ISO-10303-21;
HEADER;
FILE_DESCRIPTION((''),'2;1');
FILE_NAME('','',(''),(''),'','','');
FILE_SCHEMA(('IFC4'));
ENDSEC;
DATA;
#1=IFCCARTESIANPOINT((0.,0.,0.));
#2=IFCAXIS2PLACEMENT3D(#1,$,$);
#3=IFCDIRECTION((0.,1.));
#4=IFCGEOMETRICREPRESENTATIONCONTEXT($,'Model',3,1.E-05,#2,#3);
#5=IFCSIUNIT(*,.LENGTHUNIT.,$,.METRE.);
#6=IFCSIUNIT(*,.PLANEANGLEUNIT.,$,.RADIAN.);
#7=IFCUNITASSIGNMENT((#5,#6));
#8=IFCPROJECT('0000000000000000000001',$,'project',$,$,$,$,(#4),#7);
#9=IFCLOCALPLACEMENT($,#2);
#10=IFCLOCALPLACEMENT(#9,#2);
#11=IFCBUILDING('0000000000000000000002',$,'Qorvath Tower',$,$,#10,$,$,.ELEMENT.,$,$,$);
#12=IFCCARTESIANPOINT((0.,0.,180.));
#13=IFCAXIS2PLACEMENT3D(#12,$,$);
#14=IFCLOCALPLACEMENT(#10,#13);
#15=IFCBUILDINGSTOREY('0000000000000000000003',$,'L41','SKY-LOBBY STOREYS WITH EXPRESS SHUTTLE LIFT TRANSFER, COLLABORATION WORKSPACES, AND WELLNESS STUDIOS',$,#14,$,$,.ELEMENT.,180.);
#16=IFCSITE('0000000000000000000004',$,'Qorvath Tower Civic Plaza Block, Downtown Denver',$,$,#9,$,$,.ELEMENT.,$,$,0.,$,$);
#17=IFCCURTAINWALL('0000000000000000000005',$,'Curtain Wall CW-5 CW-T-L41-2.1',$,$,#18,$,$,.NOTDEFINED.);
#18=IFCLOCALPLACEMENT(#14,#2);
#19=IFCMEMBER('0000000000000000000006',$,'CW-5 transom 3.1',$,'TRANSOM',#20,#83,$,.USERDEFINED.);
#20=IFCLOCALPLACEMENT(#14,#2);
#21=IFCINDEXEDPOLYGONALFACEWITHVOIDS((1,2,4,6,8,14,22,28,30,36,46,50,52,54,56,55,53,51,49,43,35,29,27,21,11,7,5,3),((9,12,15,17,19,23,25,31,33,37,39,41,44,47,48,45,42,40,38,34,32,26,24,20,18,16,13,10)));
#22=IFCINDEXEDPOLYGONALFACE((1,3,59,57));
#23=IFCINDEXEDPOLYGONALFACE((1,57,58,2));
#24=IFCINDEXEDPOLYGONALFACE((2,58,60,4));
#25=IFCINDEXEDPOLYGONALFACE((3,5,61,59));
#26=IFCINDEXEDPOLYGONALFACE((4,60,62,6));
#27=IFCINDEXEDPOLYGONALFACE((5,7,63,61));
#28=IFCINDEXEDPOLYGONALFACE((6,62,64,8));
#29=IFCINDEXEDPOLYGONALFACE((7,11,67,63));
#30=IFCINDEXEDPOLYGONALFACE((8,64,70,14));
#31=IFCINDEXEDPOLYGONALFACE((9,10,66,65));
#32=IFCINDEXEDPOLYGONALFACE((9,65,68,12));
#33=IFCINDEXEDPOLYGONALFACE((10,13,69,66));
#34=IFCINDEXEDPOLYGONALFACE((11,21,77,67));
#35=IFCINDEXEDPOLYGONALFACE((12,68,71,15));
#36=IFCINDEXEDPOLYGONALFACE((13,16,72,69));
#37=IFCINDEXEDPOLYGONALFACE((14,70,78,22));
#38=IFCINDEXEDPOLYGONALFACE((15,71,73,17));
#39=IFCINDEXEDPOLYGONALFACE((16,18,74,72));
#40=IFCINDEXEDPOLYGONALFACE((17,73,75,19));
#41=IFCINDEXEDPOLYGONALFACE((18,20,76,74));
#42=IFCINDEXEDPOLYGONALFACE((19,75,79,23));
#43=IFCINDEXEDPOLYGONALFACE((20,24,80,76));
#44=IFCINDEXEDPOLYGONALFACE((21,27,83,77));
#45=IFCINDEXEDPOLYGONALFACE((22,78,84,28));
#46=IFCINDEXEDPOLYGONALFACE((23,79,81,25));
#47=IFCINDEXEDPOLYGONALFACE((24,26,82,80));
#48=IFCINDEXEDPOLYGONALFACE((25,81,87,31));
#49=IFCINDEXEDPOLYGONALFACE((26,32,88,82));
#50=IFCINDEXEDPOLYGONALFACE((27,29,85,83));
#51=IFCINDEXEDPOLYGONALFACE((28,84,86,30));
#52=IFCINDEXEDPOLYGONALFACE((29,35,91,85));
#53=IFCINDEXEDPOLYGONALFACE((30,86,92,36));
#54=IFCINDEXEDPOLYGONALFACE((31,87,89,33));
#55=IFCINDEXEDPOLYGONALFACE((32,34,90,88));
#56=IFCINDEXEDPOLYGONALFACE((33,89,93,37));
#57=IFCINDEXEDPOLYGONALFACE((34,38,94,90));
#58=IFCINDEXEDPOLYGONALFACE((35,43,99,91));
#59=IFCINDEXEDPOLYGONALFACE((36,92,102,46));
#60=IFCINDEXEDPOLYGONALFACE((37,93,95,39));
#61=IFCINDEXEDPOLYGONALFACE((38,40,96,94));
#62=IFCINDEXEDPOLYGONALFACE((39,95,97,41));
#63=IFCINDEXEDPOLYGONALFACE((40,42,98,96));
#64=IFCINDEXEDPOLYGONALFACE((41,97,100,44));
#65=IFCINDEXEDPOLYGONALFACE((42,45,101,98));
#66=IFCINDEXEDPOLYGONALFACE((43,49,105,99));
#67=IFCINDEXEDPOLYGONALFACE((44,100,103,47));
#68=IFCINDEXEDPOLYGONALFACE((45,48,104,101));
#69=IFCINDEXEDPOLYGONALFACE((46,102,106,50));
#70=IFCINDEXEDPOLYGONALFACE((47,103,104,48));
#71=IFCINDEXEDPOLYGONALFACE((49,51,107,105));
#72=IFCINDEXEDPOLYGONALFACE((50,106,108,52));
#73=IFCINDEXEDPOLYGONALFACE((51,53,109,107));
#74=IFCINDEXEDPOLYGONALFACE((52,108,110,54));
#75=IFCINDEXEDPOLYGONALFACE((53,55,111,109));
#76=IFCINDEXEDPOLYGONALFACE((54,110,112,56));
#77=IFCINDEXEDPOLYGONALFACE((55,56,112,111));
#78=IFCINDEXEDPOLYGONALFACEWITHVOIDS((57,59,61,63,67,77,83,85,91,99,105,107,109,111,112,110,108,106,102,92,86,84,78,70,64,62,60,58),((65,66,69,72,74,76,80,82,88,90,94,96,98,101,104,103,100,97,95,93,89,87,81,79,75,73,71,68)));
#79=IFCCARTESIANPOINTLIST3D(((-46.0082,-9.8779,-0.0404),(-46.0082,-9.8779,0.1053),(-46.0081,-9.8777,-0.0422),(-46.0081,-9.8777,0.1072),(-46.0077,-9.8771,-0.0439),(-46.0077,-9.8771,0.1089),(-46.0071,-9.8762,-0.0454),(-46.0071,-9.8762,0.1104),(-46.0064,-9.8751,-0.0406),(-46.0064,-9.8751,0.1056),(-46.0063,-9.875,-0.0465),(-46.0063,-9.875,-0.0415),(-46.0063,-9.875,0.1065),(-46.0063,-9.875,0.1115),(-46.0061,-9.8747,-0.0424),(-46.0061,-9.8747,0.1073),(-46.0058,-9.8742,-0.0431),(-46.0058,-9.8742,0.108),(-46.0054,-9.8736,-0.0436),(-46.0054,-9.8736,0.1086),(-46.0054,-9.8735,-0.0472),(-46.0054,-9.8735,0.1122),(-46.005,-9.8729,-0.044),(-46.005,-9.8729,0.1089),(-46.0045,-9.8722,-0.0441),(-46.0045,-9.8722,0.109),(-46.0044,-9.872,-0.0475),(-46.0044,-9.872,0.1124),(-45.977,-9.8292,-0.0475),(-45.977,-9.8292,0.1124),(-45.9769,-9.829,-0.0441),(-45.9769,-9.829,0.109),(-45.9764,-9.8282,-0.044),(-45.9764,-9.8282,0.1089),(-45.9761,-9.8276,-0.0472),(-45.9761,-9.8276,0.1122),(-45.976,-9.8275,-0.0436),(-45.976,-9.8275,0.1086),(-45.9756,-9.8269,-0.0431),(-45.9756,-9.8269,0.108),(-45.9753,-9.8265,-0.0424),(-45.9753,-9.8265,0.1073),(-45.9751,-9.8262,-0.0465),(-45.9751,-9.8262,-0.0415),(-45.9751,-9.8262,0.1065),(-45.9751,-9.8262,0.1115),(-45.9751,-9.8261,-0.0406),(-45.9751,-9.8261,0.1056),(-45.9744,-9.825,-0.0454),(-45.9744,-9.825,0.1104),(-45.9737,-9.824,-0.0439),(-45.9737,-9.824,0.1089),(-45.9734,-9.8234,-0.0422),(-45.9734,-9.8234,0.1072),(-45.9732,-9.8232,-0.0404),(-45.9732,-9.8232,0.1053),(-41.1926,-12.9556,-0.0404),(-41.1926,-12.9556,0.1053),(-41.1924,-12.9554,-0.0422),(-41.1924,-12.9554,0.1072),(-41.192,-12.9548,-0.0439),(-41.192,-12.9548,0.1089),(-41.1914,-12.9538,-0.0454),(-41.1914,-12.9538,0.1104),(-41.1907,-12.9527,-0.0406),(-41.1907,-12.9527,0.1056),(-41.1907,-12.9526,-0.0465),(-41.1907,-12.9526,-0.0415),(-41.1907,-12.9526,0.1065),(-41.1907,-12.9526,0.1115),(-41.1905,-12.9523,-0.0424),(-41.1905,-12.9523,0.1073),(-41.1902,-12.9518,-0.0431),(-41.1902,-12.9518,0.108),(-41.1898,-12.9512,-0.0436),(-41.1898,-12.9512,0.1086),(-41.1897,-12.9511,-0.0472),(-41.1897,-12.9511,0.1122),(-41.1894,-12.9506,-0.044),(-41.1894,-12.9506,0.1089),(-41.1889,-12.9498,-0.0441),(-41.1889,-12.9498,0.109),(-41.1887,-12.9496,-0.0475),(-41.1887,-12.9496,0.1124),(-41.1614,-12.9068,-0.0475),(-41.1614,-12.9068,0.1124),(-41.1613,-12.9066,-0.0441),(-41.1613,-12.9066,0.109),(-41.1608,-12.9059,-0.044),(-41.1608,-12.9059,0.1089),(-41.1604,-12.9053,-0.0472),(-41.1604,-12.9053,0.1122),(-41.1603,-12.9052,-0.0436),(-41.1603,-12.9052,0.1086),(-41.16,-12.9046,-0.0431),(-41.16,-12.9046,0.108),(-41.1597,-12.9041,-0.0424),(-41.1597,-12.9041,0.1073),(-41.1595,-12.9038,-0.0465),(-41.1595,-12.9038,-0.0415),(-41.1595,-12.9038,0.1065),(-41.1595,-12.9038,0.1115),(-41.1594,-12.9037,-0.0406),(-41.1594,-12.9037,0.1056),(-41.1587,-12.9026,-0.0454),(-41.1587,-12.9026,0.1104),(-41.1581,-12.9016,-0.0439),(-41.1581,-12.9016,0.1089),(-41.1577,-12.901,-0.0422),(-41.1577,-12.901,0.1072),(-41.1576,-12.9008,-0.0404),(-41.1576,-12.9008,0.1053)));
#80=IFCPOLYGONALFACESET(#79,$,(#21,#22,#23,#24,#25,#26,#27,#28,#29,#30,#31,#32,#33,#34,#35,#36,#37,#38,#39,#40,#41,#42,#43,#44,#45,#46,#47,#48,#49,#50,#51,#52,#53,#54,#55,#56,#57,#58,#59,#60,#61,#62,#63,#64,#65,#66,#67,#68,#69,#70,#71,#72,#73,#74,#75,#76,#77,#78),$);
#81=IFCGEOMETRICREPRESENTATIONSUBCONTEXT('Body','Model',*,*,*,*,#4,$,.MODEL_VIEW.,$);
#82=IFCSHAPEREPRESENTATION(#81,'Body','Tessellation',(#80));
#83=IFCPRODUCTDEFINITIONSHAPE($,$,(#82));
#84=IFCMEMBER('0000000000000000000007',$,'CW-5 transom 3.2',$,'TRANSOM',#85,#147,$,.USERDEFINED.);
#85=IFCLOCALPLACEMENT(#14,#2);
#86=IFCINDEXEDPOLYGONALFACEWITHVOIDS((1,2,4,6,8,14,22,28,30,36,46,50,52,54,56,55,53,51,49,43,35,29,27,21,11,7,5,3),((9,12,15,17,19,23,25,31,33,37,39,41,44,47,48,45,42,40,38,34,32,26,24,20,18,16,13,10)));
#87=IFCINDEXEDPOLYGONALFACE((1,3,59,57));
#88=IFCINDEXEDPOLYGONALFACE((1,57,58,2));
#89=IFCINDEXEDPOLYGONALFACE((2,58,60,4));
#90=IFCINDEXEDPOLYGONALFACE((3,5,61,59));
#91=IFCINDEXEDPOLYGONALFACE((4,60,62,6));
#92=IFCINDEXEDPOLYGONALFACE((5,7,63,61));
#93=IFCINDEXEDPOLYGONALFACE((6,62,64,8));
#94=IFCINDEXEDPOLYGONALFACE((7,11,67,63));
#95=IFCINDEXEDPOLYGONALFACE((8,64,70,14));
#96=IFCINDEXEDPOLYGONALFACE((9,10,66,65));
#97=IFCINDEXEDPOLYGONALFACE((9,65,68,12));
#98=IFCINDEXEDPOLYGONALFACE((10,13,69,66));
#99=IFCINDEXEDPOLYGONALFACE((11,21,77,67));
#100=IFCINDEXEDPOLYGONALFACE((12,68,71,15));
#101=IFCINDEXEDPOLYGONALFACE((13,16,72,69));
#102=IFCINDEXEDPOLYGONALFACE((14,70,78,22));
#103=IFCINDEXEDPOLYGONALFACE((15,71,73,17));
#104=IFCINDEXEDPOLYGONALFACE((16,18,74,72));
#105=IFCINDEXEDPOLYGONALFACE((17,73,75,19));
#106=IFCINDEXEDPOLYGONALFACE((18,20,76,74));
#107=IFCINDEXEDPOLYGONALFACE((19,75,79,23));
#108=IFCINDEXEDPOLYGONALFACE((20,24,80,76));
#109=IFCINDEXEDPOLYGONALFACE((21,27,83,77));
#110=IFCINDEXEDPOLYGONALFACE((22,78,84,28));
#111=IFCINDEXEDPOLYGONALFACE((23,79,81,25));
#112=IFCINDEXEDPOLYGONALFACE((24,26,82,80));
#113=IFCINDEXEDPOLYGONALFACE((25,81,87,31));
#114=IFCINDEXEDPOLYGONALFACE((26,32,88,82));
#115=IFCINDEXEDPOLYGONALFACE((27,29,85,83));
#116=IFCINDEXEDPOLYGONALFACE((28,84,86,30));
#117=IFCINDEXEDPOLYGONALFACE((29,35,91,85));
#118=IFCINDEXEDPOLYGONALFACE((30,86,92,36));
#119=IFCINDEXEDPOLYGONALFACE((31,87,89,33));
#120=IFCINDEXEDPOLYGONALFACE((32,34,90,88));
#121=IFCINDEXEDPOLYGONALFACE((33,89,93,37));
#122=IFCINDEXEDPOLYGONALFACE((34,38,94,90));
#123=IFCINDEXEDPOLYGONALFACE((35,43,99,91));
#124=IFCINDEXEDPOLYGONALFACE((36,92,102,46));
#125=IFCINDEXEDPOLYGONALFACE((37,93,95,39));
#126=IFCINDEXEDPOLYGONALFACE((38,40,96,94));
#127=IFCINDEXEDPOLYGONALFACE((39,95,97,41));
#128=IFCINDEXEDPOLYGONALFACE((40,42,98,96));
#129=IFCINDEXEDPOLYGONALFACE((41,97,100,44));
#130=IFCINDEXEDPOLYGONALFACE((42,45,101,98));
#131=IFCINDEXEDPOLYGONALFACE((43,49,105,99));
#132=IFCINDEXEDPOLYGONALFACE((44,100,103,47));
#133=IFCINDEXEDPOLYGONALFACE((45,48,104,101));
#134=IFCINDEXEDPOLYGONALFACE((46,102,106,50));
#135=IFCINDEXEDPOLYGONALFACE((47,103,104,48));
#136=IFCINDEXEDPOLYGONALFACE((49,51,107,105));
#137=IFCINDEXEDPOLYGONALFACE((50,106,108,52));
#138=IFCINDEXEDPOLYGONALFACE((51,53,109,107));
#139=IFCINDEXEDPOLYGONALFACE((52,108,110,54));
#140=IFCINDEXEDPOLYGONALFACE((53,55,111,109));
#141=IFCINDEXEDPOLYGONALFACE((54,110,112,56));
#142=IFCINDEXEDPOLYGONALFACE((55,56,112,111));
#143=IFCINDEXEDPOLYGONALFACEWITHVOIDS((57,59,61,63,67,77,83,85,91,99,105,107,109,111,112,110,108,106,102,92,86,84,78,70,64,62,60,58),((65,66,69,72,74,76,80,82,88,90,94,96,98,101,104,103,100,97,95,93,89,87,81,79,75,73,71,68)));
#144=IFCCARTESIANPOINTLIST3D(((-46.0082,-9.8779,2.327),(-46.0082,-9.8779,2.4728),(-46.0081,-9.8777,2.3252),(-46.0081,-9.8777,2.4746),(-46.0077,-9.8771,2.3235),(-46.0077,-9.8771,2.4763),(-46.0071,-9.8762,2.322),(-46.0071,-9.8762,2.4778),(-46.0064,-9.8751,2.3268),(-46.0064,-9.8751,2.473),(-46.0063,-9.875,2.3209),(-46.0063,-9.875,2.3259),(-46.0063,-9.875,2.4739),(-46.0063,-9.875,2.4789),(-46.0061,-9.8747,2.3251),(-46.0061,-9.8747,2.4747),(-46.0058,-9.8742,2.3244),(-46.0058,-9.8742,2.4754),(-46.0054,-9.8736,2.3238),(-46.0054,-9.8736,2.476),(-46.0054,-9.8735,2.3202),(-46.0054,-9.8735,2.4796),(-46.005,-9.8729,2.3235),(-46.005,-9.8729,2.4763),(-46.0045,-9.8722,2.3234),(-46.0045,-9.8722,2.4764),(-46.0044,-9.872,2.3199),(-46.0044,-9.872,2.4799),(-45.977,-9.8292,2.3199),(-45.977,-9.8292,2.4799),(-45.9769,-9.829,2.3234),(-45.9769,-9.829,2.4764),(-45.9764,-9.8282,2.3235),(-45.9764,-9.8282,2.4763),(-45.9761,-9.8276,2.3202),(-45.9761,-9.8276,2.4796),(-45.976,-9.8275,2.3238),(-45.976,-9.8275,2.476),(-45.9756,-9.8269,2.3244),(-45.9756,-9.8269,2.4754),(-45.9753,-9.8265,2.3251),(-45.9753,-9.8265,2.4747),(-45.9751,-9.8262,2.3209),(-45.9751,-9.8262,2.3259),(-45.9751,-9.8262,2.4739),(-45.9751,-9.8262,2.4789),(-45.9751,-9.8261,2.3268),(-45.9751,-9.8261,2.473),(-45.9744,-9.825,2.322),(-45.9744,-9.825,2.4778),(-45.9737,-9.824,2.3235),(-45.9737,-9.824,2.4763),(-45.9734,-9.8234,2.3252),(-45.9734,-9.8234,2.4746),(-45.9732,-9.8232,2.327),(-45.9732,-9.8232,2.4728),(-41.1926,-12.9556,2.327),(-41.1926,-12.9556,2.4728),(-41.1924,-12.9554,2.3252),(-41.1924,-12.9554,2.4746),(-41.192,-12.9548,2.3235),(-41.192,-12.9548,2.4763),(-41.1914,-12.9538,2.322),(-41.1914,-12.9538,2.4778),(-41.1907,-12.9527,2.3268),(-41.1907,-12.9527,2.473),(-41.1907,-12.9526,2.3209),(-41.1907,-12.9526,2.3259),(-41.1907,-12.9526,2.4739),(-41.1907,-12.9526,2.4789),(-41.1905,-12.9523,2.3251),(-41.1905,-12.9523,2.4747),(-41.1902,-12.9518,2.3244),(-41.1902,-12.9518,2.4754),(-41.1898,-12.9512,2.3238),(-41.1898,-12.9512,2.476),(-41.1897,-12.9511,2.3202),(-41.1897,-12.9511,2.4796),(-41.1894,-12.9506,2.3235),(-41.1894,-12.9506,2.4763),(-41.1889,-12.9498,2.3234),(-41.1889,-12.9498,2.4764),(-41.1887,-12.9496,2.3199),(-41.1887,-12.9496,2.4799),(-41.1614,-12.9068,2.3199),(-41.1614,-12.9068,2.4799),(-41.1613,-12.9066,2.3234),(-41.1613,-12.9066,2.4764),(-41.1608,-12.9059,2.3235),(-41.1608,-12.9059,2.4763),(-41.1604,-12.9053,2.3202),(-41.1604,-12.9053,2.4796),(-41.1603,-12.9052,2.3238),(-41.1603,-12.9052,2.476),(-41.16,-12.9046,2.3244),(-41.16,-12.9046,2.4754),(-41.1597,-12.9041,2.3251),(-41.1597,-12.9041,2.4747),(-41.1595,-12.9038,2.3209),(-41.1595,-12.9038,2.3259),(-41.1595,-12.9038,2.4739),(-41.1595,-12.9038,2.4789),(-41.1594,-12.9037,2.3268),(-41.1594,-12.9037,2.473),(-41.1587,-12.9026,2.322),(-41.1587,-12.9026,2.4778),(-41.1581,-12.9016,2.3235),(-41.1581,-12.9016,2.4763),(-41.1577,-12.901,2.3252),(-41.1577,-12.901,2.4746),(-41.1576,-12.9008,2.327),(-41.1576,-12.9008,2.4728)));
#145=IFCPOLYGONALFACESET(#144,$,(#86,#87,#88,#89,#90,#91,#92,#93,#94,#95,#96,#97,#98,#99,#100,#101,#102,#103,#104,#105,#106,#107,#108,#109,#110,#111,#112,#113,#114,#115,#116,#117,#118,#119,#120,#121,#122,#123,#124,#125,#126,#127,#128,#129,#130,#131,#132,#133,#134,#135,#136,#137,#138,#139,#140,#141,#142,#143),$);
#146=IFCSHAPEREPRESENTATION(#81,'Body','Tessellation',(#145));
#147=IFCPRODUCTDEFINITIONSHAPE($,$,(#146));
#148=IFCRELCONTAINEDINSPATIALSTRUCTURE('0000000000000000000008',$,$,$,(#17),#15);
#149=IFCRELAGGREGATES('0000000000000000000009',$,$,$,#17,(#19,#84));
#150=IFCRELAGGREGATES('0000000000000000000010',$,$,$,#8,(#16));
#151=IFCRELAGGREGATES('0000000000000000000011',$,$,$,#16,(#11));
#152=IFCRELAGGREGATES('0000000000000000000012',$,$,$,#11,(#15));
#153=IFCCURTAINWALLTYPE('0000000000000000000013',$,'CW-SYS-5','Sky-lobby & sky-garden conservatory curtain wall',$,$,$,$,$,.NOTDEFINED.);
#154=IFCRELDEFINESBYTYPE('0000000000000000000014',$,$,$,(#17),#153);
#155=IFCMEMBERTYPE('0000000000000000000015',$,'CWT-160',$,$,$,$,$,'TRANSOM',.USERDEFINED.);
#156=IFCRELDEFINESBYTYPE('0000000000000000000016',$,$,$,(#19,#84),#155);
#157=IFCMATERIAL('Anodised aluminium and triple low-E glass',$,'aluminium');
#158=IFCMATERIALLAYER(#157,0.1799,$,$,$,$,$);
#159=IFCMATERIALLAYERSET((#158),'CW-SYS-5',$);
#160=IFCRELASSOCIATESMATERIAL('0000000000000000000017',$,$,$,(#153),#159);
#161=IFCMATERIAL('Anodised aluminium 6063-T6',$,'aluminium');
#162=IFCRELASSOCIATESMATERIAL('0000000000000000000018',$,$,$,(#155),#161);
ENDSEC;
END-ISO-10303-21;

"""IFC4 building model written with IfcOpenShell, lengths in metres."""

from ifc_helpers import new_model, si_unit, direction, frame, origin, origin_2d, place, context, subcontext, project, spatial, hollow_rectangle, extrude, material, layer, layer_set, material_profile, profile_set, type_object, element, aggregate, save


model = new_model("IFC4")

# Units and contexts
model_context = context("Model", 3, precision=1e-05, world=origin(), true_north=direction((0.0, 1.0)))
body_context = subcontext(model_context, "Body", "Model", "MODEL_VIEW")
ifc_project = project(units=[si_unit("LENGTHUNIT", "METRE"), si_unit("PLANEANGLEUNIT", "RADIAN")], contexts=[model_context])

# Site, building, storey
site_placement = place(None, origin())
site = spatial("IfcSite", under=ifc_project, at=site_placement, Name="Qorvath Tower Civic Plaza Block, Downtown Denver", CompositionType="ELEMENT", RefElevation=0.0)
building_placement = place(site_placement, origin())
building = spatial("IfcBuilding", under=site, at=building_placement, Name="Qorvath Tower", CompositionType="ELEMENT")
storey_placement = place(building_placement, frame((0.0, 0.0, 180.0)))
storey = spatial("IfcBuildingStorey", under=building, at=storey_placement, Name="L41", Description="SKY-LOBBY STOREYS WITH EXPRESS SHUTTLE LIFT TRANSFER, COLLABORATION WORKSPACES, AND WELLNESS STUDIOS", CompositionType="ELEMENT", Elevation=180.0)

# Curtain wall, members
ifc_material_1 = material(Name="Anodised aluminium and triple low-E glass", Category="aluminium")
ifc_layer_1 = layer(ifc_material_1, 0.1799)
ifc_layer_set_1 = layer_set([ifc_layer_1], Name="CW-SYS-5")
curtain_wall_type = type_object("IfcCurtainWallType", Name="CW-SYS-5", Description="Sky-lobby & sky-garden conservatory curtain wall", PredefinedType="NOTDEFINED", material=ifc_layer_set_1)
curtain_wall_placement = place(storey_placement, origin())
curtain_wall = element("IfcCurtainWall", 1, at=curtain_wall_placement, inside=storey, type_object=curtain_wall_type, Name="Curtain Wall CW-5 CW-T-L41-2.1", PredefinedType="NOTDEFINED")
ifc_material_2 = material(Name="Anodised aluminium 6063-T6", Category="aluminium")
ifc_material_profile_1 = material_profile(ifc_material_2, hollow_rectangle(XDim=0.0649, YDim=0.1599, WallThickness=0.0034, InnerFilletRadius=0.0034, OuterFilletRadius=0.0071, at=origin_2d()), Name="CWT 160x65")
ifc_profile_set_1 = profile_set([ifc_material_profile_1], Name="Anodised aluminium 6063-T6")
member_type_1 = type_object("IfcMemberType", Name="CWT-160", ElementType="TRANSOM", PredefinedType="USERDEFINED", material=ifc_profile_set_1)
member_1_placement = place(storey_placement, frame((-45.9907, -9.8506, 0.0325), z_axis=(0.84262, -0.538508, 0.0), x_axis=(0.538508, 0.84262, 0.0)))
member_1 = element("IfcMember", 2, at=member_1_placement, type_object=member_type_1, Name="CW-5 transom 3.1", ObjectType="TRANSOM", PredefinedType="USERDEFINED", context=body_context, shape_type="SweptSolid", body=[
    extrude(hollow_rectangle(XDim=0.0649, YDim=0.1599, WallThickness=0.0034, InnerFilletRadius=0.0034, OuterFilletRadius=0.0071, at=origin_2d()), origin(), (0.0, 0.0, 1.0), 5.7151),
])
member_2_placement = place(storey_placement, frame((-45.9907, -9.8506, 2.3999), z_axis=(0.84262, -0.538508, 0.0), x_axis=(0.538508, 0.84262, 0.0)))
member_2 = element("IfcMember", 3, at=member_2_placement, type_object=member_type_1, Name="CW-5 transom 3.2", ObjectType="TRANSOM", PredefinedType="USERDEFINED", context=body_context, shape_type="SweptSolid", body=[
    extrude(hollow_rectangle(XDim=0.0649, YDim=0.1599, WallThickness=0.0034, InnerFilletRadius=0.0034, OuterFilletRadius=0.0071, at=origin_2d()), origin(), (0.0, 0.0, 1.0), 5.7151),
])
aggregate(curtain_wall, [member_1, member_2])

save(model, "model.ifc")
